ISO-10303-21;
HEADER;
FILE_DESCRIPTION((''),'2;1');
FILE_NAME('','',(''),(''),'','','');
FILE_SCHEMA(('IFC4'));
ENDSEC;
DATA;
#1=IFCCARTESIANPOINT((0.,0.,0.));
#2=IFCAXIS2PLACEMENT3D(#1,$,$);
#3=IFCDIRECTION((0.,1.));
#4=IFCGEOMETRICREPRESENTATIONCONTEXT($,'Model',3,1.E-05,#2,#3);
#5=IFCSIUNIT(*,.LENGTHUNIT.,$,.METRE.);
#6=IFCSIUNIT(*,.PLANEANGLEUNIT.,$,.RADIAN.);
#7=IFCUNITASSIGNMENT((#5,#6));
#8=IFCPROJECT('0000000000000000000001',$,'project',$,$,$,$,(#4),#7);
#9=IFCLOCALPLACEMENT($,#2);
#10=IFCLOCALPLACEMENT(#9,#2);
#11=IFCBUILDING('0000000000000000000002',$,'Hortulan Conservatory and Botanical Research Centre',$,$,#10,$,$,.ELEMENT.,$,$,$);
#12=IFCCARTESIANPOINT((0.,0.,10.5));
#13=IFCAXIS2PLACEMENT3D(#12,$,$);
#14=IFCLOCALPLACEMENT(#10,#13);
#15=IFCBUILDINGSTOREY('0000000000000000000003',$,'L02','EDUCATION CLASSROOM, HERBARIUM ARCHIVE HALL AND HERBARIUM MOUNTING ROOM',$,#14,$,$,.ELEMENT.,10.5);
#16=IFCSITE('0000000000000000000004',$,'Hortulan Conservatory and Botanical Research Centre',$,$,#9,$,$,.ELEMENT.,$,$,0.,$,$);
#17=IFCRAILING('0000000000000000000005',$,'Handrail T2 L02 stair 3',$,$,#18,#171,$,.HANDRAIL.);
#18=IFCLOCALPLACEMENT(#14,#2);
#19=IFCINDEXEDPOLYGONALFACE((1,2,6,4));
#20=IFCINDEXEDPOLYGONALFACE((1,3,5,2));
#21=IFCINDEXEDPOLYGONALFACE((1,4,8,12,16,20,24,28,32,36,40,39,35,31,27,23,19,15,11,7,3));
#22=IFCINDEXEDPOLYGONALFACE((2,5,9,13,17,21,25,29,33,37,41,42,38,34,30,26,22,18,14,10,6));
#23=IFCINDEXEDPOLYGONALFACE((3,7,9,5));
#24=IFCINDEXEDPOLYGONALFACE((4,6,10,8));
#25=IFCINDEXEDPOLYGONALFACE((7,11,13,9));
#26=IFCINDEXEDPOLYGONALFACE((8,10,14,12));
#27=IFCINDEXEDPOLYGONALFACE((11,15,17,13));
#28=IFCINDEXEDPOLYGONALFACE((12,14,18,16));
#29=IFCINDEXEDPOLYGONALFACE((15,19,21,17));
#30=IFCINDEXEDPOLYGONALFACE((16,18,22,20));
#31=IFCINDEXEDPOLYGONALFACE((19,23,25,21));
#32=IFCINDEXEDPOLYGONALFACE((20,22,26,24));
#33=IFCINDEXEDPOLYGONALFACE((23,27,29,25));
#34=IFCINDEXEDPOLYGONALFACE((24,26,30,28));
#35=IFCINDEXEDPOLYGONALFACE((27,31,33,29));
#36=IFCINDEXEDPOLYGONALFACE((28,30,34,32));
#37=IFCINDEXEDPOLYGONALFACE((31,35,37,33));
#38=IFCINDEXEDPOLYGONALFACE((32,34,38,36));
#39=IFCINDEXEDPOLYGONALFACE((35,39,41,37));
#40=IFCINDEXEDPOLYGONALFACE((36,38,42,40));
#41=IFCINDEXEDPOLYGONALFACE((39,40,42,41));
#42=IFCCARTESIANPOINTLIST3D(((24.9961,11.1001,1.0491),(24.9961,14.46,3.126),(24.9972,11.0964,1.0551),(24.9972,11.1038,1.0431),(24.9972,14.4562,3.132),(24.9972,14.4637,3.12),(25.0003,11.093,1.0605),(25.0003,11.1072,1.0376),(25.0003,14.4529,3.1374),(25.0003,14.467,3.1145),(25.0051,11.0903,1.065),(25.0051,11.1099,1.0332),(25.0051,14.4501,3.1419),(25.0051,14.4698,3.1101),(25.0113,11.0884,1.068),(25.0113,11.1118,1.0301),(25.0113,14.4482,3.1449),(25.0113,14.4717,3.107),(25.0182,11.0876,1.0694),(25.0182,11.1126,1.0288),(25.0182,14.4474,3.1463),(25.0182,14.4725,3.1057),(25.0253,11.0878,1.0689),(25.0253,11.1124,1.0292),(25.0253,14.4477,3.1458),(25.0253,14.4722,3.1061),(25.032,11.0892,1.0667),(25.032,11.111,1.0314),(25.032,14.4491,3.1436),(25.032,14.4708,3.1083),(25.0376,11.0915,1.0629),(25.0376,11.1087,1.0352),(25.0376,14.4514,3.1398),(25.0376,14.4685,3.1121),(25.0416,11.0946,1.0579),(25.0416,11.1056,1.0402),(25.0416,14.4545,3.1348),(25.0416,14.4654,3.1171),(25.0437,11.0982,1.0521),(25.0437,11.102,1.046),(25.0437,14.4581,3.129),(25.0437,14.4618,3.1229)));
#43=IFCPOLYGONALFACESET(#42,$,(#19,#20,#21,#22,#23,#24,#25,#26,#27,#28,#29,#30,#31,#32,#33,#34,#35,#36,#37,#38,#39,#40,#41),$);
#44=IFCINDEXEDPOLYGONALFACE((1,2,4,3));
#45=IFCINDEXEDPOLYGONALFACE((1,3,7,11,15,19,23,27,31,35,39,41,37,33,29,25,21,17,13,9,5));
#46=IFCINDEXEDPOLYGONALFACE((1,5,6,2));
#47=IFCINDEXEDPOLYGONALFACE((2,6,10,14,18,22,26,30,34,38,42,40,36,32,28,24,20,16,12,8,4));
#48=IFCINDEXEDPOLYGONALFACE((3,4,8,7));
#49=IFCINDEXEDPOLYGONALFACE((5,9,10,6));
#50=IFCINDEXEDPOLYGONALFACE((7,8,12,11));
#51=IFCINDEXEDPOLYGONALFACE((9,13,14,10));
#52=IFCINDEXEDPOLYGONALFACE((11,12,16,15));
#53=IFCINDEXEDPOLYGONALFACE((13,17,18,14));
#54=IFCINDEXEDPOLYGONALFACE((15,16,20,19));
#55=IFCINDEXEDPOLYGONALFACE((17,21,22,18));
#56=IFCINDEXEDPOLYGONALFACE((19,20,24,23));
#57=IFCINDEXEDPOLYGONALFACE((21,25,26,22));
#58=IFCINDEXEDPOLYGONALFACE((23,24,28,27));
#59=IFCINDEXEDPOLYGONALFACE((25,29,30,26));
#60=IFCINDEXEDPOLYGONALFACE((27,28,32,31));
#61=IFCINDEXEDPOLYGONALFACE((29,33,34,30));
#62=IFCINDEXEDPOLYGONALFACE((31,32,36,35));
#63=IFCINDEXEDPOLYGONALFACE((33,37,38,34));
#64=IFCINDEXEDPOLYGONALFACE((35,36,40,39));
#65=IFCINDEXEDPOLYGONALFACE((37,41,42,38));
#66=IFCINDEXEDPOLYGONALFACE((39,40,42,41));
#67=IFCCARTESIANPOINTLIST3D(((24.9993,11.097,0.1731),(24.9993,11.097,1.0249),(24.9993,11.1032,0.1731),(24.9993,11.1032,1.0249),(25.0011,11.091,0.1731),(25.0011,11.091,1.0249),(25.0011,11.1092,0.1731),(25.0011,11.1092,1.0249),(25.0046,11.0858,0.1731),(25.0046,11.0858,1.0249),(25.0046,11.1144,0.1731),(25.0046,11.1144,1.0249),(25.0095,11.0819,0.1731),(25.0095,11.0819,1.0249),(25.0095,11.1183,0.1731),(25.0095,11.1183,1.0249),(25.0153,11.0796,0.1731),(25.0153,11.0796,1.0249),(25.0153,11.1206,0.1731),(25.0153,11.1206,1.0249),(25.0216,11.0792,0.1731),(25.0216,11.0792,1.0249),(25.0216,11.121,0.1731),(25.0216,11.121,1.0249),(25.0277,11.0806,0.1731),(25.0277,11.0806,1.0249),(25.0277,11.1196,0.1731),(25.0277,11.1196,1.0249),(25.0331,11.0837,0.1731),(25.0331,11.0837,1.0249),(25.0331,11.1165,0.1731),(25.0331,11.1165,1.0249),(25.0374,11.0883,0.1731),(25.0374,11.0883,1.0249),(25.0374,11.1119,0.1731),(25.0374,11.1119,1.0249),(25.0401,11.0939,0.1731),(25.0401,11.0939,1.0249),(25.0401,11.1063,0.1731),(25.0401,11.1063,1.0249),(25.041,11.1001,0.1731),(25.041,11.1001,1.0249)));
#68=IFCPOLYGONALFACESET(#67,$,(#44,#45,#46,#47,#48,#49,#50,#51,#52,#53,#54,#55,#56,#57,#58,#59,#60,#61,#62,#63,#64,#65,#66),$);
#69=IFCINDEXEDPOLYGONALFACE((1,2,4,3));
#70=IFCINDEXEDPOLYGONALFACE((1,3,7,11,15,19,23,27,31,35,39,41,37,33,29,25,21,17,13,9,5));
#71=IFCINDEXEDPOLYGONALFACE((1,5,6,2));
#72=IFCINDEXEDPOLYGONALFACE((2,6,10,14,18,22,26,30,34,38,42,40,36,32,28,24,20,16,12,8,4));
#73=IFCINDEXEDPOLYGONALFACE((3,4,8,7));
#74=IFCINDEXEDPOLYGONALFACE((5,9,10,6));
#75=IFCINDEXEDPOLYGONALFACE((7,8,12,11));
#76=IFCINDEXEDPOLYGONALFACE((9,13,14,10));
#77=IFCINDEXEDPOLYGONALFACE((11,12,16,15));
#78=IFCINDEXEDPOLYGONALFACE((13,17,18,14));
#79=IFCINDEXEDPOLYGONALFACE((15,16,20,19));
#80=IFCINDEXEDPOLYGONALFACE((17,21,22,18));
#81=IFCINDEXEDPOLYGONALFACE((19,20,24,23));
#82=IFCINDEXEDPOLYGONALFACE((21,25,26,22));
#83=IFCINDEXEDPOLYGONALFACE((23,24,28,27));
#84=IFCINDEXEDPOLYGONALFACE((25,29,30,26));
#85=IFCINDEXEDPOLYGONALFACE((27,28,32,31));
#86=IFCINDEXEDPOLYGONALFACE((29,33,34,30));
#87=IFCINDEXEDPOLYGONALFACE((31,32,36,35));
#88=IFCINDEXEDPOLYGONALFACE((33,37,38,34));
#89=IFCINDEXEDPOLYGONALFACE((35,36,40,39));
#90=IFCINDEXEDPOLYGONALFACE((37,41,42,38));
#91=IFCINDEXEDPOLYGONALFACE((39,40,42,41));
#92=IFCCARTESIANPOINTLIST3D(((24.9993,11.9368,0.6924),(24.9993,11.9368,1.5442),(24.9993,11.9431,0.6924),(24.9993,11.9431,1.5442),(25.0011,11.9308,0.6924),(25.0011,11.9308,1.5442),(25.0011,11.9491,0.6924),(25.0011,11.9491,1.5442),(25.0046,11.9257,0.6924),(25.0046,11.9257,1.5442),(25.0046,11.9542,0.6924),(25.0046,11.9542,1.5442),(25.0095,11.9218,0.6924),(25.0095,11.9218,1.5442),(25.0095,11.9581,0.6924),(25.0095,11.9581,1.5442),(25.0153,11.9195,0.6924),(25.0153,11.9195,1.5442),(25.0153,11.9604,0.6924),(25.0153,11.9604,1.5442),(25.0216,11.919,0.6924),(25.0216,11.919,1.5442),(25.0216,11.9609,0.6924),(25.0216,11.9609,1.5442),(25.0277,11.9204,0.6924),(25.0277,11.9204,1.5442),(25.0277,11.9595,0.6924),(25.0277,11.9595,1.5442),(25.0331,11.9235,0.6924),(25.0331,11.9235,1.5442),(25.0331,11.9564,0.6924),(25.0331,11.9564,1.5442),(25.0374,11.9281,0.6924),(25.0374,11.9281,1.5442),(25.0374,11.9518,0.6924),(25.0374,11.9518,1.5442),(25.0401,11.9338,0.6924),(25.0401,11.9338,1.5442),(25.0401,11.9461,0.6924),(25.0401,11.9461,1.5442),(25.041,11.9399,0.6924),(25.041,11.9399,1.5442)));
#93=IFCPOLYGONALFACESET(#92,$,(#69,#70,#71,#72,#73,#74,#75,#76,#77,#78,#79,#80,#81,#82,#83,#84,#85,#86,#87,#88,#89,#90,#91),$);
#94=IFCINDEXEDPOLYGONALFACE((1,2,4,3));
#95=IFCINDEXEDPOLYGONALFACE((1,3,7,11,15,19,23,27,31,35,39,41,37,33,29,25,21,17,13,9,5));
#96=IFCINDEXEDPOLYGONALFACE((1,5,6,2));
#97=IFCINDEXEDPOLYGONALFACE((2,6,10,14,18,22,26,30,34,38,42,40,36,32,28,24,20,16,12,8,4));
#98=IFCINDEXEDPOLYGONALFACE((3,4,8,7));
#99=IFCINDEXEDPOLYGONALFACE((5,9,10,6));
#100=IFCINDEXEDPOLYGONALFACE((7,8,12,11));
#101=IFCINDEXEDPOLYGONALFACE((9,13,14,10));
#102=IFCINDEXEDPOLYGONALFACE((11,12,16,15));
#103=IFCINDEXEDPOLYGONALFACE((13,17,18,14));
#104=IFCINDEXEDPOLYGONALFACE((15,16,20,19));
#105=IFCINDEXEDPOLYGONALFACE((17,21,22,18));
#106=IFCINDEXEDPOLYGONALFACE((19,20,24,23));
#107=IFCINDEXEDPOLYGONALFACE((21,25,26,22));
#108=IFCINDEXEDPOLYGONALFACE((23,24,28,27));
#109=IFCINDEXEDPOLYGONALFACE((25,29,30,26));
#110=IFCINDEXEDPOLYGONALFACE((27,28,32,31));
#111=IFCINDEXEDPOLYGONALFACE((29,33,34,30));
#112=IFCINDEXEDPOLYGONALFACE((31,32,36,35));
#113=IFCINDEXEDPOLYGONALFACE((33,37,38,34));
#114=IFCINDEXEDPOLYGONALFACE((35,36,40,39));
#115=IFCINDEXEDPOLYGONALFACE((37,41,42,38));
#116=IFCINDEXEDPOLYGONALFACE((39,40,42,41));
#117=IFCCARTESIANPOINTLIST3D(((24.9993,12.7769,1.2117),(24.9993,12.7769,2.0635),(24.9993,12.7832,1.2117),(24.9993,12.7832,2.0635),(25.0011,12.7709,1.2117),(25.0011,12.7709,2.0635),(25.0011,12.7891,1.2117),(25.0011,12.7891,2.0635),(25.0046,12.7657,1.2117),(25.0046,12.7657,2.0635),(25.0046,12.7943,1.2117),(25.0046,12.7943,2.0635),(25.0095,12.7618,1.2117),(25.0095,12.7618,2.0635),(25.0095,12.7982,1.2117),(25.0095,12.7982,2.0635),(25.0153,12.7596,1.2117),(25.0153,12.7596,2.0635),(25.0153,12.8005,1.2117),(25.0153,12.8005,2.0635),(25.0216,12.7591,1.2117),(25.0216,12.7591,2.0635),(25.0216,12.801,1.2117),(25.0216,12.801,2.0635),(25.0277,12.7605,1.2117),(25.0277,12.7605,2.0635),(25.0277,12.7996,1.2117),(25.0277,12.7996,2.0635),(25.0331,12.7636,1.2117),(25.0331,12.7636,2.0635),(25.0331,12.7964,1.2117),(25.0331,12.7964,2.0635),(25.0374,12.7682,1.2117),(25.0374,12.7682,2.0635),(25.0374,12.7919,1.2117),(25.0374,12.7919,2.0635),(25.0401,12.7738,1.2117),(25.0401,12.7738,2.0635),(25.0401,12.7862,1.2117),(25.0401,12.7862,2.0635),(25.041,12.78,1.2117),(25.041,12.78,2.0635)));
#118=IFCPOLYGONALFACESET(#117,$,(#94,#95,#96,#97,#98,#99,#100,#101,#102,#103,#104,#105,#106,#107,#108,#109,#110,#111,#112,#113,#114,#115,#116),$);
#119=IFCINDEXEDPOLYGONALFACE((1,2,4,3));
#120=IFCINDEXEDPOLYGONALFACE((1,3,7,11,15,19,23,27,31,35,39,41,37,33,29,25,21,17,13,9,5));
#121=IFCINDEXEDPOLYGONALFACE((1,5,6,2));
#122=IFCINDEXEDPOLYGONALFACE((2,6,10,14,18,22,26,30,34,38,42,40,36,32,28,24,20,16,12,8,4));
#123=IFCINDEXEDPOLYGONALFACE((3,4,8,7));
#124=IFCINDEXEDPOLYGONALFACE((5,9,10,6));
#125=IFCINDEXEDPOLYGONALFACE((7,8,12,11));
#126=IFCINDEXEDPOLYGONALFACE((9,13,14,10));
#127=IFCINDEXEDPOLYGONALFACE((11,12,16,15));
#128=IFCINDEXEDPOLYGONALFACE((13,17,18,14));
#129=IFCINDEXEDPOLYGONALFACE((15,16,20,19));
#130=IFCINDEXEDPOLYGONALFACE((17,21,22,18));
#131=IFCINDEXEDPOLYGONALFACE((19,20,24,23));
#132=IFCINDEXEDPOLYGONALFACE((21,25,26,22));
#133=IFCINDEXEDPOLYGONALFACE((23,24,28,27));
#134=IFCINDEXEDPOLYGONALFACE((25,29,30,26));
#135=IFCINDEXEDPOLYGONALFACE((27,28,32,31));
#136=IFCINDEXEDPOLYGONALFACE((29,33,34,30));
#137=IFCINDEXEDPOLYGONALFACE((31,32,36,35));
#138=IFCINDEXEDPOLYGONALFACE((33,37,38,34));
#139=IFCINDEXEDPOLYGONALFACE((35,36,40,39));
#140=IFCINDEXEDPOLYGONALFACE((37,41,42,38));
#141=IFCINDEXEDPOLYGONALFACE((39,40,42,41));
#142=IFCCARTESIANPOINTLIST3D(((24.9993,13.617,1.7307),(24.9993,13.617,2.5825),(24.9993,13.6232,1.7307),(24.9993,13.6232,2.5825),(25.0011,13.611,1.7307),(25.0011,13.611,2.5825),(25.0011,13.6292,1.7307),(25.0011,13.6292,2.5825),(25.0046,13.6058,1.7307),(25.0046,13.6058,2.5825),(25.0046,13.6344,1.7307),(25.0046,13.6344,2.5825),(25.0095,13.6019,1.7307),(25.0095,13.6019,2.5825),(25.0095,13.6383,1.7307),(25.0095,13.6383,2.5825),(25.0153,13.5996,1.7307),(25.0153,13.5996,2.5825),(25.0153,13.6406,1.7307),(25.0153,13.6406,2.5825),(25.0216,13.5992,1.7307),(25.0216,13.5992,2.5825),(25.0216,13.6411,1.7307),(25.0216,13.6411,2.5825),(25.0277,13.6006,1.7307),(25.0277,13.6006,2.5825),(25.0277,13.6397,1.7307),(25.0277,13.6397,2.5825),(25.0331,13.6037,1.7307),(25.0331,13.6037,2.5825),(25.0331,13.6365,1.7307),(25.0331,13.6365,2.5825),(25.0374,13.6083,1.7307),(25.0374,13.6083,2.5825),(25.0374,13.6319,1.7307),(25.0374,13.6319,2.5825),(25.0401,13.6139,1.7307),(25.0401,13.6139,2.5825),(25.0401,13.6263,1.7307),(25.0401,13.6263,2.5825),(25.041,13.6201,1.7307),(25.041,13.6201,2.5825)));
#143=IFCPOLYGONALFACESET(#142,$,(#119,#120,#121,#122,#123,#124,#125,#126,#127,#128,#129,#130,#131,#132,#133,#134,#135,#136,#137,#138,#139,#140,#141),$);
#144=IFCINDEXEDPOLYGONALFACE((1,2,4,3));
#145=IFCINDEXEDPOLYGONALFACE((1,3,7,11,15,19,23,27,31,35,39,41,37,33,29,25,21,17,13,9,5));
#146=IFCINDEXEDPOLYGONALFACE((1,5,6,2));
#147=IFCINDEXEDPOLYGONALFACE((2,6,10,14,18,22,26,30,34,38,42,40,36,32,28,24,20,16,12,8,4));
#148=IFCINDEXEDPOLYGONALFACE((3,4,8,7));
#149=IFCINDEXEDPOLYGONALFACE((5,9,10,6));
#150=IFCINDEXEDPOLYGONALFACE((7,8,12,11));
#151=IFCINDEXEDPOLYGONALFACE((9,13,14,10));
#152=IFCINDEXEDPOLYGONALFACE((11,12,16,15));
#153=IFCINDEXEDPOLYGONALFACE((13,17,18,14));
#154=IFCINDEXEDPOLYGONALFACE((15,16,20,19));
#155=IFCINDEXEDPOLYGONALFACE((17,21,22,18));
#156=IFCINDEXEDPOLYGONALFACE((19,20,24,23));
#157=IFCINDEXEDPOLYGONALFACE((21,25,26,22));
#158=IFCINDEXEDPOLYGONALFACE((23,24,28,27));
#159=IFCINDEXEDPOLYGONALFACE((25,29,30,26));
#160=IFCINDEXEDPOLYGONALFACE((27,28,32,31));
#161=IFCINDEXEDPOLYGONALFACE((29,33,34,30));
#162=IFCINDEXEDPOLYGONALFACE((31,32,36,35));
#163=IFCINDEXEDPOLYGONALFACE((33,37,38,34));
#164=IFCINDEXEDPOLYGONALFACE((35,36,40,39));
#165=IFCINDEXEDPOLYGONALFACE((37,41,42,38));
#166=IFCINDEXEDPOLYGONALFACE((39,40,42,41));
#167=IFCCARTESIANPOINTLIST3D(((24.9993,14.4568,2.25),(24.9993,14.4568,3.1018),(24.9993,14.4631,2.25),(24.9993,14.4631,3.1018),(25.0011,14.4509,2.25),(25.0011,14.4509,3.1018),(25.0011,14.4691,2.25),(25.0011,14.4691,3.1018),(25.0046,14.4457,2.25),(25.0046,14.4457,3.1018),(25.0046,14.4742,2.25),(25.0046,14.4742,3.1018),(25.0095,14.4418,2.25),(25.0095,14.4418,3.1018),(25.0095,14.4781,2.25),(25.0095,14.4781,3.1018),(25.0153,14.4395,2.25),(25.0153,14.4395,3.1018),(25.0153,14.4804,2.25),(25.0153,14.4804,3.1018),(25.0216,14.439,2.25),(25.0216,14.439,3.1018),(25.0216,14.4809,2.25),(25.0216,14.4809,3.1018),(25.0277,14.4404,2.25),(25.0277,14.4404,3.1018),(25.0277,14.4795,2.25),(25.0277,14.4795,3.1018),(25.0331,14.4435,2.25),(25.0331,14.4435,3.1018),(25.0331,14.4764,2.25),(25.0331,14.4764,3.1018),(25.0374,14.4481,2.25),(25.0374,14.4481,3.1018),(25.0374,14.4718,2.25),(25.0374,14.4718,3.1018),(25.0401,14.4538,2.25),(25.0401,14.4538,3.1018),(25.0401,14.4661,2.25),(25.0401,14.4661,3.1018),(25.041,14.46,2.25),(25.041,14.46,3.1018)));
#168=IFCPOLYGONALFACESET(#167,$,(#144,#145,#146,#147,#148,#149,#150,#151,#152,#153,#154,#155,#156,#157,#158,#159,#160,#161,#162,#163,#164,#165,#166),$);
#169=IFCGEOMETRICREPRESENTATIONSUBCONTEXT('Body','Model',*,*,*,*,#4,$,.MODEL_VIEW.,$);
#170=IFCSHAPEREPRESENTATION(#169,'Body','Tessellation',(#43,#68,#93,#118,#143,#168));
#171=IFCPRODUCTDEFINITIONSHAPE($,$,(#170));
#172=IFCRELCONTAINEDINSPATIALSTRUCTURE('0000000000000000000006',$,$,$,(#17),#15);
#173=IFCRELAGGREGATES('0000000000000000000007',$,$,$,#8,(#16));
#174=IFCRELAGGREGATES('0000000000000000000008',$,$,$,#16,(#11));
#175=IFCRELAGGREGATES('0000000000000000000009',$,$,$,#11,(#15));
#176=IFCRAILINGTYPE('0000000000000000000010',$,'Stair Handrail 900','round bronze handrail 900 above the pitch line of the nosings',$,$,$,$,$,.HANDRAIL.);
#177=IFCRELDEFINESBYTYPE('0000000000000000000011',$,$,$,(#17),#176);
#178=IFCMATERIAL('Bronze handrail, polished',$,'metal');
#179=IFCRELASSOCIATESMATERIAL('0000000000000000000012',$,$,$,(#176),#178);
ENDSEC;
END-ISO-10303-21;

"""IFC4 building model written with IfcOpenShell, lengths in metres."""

from ifc_helpers import new_model, si_unit, direction, frame, origin, origin_2d, place, context, subcontext, project, spatial, circle, extrude, material, type_object, element, save


model = new_model("IFC4")

# Units and contexts
model_context = context("Model", 3, precision=1e-05, world=origin(), true_north=direction((0.0, 1.0)))
body_context = subcontext(model_context, "Body", "Model", "MODEL_VIEW")
ifc_project = project(units=[si_unit("LENGTHUNIT", "METRE"), si_unit("PLANEANGLEUNIT", "RADIAN")], contexts=[model_context])

# Site, building, storey
site_placement = place(None, origin())
site = spatial("IfcSite", under=ifc_project, at=site_placement, Name="Hortulan Conservatory and Botanical Research Centre", CompositionType="ELEMENT", RefElevation=0.0)
building_placement = place(site_placement, origin())
building = spatial("IfcBuilding", under=site, at=building_placement, Name="Hortulan Conservatory and Botanical Research Centre", CompositionType="ELEMENT")
storey_placement = place(building_placement, frame((0.0, 0.0, 10.5)))
storey = spatial("IfcBuildingStorey", under=building, at=storey_placement, Name="L02", Description="EDUCATION CLASSROOM, HERBARIUM ARCHIVE HALL AND HERBARIUM MOUNTING ROOM", CompositionType="ELEMENT", Elevation=10.5)

# Railing
ifc_material_1 = material(Name="Bronze handrail, polished", Category="metal")
railing_type_1 = type_object("IfcRailingType", Name="Stair Handrail 900", Description="round bronze handrail 900 above the pitch line of the nosings", PredefinedType="HANDRAIL", material=ifc_material_1)
for number, where, name in (
    (1, (25.02, 11.1001, 0.1731), "Handrail T2 L02 stair 3"),
):
    element("IfcRailing", number, at=place(storey_placement, frame(where)), inside=storey, type_object=railing_type_1, Name=name, PredefinedType="HANDRAIL", context=body_context, shape_type="SweptSolid", body=[
        extrude(circle(Radius=0.0239, at=origin_2d()), frame((0.0, 0.0, 0.876), z_axis=(0.0, 0.850606, 0.525803), x_axis=(-1.0, 0.0, 0.0)), (0.0, 0.0, 1.0), 3.95),
        extrude(circle(Radius=0.021, at=origin_2d()), origin(), (0.0, 0.0, 1.0), 0.8518),
        extrude(circle(Radius=0.021, at=origin_2d()), frame((0.0, 0.8398, 0.5193)), (0.0, 0.0, 1.0), 0.8518),
        extrude(circle(Radius=0.021, at=origin_2d()), frame((0.0, 1.6799, 1.0386)), (0.0, 0.0, 1.0), 0.8518),
        extrude(circle(Radius=0.021, at=origin_2d()), frame((0.0, 2.52, 1.5576)), (0.0, 0.0, 1.0), 0.8518),
        extrude(circle(Radius=0.021, at=origin_2d()), frame((0.0, 3.3599, 2.0769)), (0.0, 0.0, 1.0), 0.8518),
    ])

save(model, "model.ifc")
